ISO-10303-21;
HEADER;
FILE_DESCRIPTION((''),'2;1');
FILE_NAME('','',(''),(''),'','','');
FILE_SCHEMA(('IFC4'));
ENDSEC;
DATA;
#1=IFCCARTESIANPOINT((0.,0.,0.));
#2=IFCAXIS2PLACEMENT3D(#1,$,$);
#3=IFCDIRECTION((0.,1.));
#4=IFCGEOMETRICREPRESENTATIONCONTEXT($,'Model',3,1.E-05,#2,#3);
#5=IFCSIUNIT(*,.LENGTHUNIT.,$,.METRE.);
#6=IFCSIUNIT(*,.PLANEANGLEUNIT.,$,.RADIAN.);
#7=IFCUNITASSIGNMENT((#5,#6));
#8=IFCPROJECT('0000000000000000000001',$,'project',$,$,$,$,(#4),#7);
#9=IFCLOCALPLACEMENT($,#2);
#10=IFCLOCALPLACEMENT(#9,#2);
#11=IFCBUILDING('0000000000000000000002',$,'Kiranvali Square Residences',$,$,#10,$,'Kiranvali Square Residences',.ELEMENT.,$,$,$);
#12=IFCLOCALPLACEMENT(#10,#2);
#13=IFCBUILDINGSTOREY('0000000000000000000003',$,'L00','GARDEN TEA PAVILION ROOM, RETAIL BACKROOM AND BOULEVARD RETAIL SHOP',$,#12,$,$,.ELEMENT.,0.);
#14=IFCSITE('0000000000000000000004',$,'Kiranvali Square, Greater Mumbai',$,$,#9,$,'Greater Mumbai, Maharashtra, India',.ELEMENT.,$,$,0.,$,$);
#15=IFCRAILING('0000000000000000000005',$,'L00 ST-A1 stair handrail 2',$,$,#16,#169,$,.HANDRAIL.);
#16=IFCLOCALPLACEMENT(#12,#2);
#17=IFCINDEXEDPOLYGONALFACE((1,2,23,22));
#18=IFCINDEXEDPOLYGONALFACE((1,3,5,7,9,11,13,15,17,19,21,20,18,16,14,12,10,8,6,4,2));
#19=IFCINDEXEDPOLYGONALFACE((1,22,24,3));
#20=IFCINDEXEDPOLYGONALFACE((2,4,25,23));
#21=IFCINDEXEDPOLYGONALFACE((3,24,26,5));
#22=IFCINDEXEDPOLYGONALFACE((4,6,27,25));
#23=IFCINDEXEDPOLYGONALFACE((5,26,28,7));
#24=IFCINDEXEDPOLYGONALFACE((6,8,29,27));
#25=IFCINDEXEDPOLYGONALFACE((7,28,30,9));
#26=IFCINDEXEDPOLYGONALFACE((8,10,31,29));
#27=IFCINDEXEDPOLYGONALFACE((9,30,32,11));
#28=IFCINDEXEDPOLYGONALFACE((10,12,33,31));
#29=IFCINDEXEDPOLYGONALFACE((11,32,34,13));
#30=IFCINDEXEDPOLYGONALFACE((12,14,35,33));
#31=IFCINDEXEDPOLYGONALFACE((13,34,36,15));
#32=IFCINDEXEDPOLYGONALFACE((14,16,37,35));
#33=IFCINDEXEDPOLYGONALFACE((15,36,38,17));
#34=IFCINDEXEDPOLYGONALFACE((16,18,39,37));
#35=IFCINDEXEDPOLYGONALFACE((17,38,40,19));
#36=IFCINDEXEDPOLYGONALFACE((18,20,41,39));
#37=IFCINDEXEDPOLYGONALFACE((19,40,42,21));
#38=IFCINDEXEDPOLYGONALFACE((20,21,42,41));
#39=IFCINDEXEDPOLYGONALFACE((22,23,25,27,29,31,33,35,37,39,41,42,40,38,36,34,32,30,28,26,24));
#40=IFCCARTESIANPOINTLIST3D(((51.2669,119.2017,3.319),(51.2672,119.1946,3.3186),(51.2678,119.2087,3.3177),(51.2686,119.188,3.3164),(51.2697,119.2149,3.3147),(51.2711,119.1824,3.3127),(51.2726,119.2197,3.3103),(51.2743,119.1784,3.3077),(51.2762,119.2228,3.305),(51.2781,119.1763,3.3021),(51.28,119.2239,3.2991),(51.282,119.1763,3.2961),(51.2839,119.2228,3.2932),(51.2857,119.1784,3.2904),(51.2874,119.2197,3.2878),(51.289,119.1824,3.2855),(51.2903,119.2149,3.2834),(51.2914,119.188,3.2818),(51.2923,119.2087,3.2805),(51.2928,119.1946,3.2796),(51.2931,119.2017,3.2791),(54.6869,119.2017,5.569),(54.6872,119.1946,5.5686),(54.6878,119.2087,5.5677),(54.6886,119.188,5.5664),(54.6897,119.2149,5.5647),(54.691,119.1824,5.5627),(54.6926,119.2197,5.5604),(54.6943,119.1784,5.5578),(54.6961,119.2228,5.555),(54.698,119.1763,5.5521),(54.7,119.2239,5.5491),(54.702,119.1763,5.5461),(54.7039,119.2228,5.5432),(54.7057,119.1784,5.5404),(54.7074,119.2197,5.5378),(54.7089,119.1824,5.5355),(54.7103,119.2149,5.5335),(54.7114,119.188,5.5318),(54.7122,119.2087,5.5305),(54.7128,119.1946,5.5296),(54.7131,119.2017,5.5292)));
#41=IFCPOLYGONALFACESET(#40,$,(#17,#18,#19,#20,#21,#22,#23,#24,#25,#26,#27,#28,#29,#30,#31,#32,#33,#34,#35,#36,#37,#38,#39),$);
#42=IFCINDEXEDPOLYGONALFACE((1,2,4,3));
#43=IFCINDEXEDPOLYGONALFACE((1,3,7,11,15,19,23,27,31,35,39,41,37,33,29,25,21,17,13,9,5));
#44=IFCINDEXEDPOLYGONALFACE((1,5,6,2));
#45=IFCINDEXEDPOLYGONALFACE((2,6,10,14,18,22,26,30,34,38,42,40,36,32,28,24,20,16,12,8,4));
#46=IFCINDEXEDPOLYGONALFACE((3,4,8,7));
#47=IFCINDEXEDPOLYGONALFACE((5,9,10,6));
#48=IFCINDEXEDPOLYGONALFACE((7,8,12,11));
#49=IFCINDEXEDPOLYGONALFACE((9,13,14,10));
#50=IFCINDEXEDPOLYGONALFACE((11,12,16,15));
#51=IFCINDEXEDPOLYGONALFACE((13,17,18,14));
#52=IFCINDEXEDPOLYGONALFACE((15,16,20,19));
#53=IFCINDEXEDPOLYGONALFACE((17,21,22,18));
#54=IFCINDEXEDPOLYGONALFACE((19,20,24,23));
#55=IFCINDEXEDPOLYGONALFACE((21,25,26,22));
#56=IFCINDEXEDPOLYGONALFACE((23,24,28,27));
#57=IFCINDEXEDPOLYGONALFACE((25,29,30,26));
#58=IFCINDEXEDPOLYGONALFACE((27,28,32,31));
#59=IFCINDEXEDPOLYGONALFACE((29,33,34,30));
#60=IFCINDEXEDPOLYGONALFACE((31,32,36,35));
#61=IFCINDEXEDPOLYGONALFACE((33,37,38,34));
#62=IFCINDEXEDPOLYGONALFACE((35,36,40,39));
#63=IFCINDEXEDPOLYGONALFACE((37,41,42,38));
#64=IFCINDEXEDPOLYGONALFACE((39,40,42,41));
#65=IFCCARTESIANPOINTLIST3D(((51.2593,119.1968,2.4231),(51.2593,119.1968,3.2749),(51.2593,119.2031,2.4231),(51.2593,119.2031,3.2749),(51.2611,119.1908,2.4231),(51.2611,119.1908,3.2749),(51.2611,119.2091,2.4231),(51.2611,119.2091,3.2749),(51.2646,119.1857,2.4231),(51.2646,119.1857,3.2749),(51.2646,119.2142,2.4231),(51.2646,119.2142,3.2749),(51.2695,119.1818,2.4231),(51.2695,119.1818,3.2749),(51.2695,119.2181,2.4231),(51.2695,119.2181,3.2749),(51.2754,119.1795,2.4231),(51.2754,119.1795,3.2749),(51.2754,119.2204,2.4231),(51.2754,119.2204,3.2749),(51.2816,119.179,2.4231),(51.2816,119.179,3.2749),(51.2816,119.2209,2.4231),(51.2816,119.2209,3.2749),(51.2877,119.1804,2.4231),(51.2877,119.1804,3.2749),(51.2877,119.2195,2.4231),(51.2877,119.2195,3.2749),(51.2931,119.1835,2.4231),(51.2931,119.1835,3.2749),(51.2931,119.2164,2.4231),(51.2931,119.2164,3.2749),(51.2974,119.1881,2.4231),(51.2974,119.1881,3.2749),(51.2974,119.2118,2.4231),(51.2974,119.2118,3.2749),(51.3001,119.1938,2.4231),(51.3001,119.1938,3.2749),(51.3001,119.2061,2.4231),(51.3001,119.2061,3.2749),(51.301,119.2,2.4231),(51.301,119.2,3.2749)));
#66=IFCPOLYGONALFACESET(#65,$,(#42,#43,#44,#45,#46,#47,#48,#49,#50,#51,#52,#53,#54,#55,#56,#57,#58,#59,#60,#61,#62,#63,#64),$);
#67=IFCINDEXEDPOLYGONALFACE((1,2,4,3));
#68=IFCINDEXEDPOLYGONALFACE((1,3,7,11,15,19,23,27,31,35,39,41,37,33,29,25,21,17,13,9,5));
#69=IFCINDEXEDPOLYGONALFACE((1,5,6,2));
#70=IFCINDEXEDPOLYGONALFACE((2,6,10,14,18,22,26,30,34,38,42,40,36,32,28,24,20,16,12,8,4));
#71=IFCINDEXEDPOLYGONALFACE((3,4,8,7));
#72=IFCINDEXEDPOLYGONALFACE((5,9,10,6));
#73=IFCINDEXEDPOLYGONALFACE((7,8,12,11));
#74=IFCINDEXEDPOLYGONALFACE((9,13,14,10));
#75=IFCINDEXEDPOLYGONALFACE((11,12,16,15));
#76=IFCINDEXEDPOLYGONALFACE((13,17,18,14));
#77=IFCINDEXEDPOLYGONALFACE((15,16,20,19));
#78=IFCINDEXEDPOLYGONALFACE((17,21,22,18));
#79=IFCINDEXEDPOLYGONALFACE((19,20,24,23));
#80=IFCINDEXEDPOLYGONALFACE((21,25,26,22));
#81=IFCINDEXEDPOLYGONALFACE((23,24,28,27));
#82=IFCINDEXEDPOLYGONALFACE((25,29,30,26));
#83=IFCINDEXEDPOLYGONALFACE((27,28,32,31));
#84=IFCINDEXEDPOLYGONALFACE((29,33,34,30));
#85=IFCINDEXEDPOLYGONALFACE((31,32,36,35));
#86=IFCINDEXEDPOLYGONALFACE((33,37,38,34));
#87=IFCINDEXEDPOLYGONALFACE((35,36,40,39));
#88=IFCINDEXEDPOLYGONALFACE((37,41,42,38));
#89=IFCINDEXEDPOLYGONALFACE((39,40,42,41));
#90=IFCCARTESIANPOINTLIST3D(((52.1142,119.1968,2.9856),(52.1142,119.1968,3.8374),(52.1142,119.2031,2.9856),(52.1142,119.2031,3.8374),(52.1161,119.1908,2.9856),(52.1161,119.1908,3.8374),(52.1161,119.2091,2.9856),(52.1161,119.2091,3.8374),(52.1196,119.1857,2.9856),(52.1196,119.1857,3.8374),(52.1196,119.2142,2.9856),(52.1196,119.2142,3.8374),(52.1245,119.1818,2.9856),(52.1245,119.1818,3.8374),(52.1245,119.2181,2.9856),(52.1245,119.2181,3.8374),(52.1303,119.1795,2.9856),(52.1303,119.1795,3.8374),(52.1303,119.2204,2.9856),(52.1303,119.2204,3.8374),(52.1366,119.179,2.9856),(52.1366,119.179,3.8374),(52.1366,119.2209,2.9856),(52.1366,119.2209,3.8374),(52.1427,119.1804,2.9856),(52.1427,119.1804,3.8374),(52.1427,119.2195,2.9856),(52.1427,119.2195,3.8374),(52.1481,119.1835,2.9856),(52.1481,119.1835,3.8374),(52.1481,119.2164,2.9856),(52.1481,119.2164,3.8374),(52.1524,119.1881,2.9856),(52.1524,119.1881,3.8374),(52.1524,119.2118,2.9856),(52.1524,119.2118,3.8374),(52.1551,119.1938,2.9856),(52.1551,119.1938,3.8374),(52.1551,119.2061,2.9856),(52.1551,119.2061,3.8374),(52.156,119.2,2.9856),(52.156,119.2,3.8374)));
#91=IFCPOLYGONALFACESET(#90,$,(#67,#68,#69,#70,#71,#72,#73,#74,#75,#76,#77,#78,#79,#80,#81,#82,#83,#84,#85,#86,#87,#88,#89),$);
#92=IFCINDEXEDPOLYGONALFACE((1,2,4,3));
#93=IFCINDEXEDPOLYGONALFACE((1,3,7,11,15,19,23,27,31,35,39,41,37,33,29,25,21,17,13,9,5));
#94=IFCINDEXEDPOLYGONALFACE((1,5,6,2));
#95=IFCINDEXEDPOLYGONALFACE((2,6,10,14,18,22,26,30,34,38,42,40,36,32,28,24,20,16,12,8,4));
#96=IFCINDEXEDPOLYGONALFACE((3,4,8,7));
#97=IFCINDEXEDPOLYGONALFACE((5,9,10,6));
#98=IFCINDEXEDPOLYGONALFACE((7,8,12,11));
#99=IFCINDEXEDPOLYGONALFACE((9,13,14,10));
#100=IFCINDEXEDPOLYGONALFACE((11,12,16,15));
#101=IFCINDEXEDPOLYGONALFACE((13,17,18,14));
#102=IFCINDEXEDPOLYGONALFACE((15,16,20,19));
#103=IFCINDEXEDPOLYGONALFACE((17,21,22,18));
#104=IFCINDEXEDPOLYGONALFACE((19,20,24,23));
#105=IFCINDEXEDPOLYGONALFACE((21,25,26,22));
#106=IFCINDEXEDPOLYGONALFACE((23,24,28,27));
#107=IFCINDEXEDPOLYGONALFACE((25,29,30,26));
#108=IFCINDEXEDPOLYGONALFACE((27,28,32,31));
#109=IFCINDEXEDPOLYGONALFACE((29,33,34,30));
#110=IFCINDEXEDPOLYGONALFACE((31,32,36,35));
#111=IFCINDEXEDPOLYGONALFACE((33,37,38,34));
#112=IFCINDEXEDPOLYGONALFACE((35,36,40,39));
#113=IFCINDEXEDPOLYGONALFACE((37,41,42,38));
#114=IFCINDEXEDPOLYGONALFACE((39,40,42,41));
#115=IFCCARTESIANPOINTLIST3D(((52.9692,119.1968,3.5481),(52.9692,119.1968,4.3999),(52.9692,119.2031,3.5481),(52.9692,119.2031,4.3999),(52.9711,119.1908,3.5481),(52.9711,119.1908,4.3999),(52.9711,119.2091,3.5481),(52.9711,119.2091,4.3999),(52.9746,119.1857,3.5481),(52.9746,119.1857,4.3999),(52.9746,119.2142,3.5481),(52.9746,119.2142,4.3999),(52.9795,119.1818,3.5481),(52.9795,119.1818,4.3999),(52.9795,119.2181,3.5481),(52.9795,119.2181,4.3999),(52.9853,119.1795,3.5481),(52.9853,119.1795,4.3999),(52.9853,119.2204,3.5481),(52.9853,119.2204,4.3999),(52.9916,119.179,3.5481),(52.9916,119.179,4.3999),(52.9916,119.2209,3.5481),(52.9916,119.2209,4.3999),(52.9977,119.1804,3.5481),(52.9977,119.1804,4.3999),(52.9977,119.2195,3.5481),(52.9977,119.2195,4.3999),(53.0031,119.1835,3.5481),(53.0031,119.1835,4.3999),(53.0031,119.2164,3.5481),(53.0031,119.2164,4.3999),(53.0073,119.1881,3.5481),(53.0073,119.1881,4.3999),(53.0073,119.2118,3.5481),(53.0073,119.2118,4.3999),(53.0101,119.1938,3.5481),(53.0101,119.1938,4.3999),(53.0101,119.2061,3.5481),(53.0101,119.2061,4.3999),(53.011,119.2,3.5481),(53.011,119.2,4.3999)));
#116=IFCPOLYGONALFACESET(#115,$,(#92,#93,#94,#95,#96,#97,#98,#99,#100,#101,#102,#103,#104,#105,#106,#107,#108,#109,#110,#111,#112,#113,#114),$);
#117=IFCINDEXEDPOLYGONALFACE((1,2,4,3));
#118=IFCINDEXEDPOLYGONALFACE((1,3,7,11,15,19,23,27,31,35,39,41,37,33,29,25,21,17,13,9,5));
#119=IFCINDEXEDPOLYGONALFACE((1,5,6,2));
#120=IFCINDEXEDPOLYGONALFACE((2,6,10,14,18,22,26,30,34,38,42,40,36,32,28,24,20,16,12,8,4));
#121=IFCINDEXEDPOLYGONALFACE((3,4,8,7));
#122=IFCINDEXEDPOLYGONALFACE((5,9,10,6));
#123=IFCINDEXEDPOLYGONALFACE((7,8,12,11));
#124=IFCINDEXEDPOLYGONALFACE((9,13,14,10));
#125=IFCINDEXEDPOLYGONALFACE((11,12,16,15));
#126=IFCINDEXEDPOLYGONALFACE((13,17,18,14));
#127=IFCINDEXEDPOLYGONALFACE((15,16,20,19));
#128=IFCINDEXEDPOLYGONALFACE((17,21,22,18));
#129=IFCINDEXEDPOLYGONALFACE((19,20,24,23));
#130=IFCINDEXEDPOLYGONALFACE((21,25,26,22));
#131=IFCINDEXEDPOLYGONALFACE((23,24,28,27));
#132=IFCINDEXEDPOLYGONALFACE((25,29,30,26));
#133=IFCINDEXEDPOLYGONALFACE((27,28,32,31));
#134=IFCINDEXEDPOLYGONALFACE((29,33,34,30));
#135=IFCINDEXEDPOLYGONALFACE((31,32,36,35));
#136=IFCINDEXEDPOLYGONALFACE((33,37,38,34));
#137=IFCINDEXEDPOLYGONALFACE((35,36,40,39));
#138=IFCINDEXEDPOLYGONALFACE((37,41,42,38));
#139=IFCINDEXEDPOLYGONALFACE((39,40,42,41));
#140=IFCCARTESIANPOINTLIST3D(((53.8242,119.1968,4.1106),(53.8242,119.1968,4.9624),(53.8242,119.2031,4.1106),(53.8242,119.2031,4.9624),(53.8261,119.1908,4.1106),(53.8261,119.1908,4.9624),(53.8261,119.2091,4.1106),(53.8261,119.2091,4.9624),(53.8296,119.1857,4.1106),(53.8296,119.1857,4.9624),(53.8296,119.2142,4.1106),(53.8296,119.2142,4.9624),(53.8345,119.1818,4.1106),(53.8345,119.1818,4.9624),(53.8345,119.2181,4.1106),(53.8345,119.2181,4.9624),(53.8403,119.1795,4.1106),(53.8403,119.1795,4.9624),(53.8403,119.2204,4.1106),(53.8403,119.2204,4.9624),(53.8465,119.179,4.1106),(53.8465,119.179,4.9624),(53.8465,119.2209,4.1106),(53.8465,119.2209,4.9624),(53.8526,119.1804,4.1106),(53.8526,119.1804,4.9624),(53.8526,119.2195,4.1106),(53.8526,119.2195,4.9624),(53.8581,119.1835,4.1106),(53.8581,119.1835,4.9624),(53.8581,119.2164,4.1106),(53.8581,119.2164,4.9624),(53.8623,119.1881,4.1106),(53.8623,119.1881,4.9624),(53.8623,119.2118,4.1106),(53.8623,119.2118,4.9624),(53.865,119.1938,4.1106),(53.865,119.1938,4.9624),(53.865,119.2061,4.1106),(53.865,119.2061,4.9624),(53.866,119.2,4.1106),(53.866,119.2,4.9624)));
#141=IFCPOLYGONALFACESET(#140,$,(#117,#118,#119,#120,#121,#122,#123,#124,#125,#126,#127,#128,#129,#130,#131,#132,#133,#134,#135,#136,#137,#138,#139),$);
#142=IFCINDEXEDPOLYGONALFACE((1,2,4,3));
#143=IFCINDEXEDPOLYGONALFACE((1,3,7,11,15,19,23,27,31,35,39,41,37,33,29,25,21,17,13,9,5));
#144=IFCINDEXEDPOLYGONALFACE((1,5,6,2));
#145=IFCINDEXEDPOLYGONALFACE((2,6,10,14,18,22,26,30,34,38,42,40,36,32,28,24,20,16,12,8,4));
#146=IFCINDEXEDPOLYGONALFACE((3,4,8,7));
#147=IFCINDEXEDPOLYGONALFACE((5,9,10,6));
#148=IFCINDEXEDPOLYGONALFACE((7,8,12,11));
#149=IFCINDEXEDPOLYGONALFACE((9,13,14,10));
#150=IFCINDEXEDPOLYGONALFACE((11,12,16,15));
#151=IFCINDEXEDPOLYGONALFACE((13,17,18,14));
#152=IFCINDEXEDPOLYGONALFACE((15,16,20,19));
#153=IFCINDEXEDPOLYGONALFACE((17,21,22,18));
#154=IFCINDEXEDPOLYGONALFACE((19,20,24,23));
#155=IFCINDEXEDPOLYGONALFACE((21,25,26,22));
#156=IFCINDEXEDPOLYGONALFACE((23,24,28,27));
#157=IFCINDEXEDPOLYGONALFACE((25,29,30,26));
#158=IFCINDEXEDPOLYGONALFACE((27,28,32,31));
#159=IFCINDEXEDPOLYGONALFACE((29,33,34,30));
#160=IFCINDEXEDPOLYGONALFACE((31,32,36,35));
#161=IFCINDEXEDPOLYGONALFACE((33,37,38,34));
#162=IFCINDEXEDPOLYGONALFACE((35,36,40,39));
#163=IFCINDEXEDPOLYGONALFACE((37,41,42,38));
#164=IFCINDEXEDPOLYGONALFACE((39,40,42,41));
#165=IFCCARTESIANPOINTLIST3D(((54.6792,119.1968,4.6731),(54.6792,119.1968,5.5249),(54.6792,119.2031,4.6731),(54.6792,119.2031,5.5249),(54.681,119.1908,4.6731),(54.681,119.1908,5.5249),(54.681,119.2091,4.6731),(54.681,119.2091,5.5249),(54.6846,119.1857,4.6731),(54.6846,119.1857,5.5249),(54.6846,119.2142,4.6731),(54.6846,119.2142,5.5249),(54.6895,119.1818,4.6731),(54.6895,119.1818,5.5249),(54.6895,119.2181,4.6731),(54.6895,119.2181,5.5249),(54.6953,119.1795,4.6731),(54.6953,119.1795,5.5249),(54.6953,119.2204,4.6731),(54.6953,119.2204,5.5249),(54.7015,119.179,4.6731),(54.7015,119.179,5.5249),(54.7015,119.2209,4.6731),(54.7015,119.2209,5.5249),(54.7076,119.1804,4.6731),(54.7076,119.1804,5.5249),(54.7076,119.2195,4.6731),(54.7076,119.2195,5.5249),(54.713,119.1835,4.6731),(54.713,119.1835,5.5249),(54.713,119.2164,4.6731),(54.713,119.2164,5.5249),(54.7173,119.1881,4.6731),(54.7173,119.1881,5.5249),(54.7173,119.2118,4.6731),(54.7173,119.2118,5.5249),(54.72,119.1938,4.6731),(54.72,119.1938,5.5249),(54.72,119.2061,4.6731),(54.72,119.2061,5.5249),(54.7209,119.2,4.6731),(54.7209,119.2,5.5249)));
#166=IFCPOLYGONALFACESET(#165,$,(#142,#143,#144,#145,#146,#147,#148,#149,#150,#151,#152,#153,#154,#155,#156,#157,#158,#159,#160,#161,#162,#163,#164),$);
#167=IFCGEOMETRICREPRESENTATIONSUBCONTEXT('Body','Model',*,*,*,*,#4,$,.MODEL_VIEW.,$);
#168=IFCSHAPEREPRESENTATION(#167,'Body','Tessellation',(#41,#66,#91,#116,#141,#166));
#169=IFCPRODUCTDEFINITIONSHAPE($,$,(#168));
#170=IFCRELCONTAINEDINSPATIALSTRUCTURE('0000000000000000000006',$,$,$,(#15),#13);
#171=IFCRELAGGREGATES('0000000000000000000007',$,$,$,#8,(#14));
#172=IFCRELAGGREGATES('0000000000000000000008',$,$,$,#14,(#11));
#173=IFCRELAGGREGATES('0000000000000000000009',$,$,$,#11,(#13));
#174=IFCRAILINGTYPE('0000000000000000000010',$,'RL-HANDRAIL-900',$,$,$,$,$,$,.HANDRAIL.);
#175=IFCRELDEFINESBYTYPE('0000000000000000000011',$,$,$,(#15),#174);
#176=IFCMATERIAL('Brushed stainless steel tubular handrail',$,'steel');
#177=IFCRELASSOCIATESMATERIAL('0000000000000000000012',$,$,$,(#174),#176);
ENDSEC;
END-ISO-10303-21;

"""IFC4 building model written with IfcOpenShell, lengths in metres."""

from ifc_helpers import new_model, si_unit, direction, frame, origin, origin_2d, place, context, subcontext, project, spatial, circle, extrude, material, type_object, element, save


model = new_model("IFC4")

# Units and contexts
model_context = context("Model", 3, precision=1e-05, world=origin(), true_north=direction((0.0, 1.0)))
body_context = subcontext(model_context, "Body", "Model", "MODEL_VIEW")
ifc_project = project(units=[si_unit("LENGTHUNIT", "METRE"), si_unit("PLANEANGLEUNIT", "RADIAN")], contexts=[model_context])

# Site, building, storey
site_placement = place(None, origin())
site = spatial("IfcSite", under=ifc_project, at=site_placement, Name="Kiranvali Square, Greater Mumbai", LongName="Greater Mumbai, Maharashtra, India", CompositionType="ELEMENT", RefElevation=0.0)
building_placement = place(site_placement, origin())
building = spatial("IfcBuilding", under=site, at=building_placement, Name="Kiranvali Square Residences", LongName="Kiranvali Square Residences", CompositionType="ELEMENT")
storey_placement = place(building_placement, origin())
storey = spatial("IfcBuildingStorey", under=building, at=storey_placement, Name="L00", Description="GARDEN TEA PAVILION ROOM, RETAIL BACKROOM AND BOULEVARD RETAIL SHOP", CompositionType="ELEMENT", Elevation=0.0)

# Railing
ifc_material_1 = material(Name="Brushed stainless steel tubular handrail", Category="steel")
railing_type = type_object("IfcRailingType", Name="RL-HANDRAIL-900", PredefinedType="HANDRAIL", material=ifc_material_1)
railing_placement = place(storey_placement, frame((51.28, 119.2, 2.4231)))
element("IfcRailing", 1, at=railing_placement, inside=storey, type_object=railing_type, Name="L00 ST-A1 stair handrail 2", PredefinedType="HANDRAIL", context=body_context, shape_type="SweptSolid", body=[
    extrude(circle(Radius=0.0239, at=origin_2d()), frame((0.0, 0.0, 0.876), z_axis=(0.835411, 0.0, 0.549625), x_axis=(0.0, 1.0, 0.0)), (0.0, 0.0, 1.0), 4.0938),
    extrude(circle(Radius=0.021, at=origin_2d()), origin(), (0.0, 0.0, 1.0), 0.8518),
    extrude(circle(Radius=0.021, at=origin_2d()), frame((0.855, 0.0, 0.5625)), (0.0, 0.0, 1.0), 0.8518),
    extrude(circle(Radius=0.021, at=origin_2d()), frame((1.71, 0.0, 1.125)), (0.0, 0.0, 1.0), 0.8518),
    extrude(circle(Radius=0.021, at=origin_2d()), frame((2.5649, 0.0, 1.6875)), (0.0, 0.0, 1.0), 0.8518),
    extrude(circle(Radius=0.021, at=origin_2d()), frame((3.4199, 0.0, 2.25)), (0.0, 0.0, 1.0), 0.8518),
])

save(model, "model.ifc")
